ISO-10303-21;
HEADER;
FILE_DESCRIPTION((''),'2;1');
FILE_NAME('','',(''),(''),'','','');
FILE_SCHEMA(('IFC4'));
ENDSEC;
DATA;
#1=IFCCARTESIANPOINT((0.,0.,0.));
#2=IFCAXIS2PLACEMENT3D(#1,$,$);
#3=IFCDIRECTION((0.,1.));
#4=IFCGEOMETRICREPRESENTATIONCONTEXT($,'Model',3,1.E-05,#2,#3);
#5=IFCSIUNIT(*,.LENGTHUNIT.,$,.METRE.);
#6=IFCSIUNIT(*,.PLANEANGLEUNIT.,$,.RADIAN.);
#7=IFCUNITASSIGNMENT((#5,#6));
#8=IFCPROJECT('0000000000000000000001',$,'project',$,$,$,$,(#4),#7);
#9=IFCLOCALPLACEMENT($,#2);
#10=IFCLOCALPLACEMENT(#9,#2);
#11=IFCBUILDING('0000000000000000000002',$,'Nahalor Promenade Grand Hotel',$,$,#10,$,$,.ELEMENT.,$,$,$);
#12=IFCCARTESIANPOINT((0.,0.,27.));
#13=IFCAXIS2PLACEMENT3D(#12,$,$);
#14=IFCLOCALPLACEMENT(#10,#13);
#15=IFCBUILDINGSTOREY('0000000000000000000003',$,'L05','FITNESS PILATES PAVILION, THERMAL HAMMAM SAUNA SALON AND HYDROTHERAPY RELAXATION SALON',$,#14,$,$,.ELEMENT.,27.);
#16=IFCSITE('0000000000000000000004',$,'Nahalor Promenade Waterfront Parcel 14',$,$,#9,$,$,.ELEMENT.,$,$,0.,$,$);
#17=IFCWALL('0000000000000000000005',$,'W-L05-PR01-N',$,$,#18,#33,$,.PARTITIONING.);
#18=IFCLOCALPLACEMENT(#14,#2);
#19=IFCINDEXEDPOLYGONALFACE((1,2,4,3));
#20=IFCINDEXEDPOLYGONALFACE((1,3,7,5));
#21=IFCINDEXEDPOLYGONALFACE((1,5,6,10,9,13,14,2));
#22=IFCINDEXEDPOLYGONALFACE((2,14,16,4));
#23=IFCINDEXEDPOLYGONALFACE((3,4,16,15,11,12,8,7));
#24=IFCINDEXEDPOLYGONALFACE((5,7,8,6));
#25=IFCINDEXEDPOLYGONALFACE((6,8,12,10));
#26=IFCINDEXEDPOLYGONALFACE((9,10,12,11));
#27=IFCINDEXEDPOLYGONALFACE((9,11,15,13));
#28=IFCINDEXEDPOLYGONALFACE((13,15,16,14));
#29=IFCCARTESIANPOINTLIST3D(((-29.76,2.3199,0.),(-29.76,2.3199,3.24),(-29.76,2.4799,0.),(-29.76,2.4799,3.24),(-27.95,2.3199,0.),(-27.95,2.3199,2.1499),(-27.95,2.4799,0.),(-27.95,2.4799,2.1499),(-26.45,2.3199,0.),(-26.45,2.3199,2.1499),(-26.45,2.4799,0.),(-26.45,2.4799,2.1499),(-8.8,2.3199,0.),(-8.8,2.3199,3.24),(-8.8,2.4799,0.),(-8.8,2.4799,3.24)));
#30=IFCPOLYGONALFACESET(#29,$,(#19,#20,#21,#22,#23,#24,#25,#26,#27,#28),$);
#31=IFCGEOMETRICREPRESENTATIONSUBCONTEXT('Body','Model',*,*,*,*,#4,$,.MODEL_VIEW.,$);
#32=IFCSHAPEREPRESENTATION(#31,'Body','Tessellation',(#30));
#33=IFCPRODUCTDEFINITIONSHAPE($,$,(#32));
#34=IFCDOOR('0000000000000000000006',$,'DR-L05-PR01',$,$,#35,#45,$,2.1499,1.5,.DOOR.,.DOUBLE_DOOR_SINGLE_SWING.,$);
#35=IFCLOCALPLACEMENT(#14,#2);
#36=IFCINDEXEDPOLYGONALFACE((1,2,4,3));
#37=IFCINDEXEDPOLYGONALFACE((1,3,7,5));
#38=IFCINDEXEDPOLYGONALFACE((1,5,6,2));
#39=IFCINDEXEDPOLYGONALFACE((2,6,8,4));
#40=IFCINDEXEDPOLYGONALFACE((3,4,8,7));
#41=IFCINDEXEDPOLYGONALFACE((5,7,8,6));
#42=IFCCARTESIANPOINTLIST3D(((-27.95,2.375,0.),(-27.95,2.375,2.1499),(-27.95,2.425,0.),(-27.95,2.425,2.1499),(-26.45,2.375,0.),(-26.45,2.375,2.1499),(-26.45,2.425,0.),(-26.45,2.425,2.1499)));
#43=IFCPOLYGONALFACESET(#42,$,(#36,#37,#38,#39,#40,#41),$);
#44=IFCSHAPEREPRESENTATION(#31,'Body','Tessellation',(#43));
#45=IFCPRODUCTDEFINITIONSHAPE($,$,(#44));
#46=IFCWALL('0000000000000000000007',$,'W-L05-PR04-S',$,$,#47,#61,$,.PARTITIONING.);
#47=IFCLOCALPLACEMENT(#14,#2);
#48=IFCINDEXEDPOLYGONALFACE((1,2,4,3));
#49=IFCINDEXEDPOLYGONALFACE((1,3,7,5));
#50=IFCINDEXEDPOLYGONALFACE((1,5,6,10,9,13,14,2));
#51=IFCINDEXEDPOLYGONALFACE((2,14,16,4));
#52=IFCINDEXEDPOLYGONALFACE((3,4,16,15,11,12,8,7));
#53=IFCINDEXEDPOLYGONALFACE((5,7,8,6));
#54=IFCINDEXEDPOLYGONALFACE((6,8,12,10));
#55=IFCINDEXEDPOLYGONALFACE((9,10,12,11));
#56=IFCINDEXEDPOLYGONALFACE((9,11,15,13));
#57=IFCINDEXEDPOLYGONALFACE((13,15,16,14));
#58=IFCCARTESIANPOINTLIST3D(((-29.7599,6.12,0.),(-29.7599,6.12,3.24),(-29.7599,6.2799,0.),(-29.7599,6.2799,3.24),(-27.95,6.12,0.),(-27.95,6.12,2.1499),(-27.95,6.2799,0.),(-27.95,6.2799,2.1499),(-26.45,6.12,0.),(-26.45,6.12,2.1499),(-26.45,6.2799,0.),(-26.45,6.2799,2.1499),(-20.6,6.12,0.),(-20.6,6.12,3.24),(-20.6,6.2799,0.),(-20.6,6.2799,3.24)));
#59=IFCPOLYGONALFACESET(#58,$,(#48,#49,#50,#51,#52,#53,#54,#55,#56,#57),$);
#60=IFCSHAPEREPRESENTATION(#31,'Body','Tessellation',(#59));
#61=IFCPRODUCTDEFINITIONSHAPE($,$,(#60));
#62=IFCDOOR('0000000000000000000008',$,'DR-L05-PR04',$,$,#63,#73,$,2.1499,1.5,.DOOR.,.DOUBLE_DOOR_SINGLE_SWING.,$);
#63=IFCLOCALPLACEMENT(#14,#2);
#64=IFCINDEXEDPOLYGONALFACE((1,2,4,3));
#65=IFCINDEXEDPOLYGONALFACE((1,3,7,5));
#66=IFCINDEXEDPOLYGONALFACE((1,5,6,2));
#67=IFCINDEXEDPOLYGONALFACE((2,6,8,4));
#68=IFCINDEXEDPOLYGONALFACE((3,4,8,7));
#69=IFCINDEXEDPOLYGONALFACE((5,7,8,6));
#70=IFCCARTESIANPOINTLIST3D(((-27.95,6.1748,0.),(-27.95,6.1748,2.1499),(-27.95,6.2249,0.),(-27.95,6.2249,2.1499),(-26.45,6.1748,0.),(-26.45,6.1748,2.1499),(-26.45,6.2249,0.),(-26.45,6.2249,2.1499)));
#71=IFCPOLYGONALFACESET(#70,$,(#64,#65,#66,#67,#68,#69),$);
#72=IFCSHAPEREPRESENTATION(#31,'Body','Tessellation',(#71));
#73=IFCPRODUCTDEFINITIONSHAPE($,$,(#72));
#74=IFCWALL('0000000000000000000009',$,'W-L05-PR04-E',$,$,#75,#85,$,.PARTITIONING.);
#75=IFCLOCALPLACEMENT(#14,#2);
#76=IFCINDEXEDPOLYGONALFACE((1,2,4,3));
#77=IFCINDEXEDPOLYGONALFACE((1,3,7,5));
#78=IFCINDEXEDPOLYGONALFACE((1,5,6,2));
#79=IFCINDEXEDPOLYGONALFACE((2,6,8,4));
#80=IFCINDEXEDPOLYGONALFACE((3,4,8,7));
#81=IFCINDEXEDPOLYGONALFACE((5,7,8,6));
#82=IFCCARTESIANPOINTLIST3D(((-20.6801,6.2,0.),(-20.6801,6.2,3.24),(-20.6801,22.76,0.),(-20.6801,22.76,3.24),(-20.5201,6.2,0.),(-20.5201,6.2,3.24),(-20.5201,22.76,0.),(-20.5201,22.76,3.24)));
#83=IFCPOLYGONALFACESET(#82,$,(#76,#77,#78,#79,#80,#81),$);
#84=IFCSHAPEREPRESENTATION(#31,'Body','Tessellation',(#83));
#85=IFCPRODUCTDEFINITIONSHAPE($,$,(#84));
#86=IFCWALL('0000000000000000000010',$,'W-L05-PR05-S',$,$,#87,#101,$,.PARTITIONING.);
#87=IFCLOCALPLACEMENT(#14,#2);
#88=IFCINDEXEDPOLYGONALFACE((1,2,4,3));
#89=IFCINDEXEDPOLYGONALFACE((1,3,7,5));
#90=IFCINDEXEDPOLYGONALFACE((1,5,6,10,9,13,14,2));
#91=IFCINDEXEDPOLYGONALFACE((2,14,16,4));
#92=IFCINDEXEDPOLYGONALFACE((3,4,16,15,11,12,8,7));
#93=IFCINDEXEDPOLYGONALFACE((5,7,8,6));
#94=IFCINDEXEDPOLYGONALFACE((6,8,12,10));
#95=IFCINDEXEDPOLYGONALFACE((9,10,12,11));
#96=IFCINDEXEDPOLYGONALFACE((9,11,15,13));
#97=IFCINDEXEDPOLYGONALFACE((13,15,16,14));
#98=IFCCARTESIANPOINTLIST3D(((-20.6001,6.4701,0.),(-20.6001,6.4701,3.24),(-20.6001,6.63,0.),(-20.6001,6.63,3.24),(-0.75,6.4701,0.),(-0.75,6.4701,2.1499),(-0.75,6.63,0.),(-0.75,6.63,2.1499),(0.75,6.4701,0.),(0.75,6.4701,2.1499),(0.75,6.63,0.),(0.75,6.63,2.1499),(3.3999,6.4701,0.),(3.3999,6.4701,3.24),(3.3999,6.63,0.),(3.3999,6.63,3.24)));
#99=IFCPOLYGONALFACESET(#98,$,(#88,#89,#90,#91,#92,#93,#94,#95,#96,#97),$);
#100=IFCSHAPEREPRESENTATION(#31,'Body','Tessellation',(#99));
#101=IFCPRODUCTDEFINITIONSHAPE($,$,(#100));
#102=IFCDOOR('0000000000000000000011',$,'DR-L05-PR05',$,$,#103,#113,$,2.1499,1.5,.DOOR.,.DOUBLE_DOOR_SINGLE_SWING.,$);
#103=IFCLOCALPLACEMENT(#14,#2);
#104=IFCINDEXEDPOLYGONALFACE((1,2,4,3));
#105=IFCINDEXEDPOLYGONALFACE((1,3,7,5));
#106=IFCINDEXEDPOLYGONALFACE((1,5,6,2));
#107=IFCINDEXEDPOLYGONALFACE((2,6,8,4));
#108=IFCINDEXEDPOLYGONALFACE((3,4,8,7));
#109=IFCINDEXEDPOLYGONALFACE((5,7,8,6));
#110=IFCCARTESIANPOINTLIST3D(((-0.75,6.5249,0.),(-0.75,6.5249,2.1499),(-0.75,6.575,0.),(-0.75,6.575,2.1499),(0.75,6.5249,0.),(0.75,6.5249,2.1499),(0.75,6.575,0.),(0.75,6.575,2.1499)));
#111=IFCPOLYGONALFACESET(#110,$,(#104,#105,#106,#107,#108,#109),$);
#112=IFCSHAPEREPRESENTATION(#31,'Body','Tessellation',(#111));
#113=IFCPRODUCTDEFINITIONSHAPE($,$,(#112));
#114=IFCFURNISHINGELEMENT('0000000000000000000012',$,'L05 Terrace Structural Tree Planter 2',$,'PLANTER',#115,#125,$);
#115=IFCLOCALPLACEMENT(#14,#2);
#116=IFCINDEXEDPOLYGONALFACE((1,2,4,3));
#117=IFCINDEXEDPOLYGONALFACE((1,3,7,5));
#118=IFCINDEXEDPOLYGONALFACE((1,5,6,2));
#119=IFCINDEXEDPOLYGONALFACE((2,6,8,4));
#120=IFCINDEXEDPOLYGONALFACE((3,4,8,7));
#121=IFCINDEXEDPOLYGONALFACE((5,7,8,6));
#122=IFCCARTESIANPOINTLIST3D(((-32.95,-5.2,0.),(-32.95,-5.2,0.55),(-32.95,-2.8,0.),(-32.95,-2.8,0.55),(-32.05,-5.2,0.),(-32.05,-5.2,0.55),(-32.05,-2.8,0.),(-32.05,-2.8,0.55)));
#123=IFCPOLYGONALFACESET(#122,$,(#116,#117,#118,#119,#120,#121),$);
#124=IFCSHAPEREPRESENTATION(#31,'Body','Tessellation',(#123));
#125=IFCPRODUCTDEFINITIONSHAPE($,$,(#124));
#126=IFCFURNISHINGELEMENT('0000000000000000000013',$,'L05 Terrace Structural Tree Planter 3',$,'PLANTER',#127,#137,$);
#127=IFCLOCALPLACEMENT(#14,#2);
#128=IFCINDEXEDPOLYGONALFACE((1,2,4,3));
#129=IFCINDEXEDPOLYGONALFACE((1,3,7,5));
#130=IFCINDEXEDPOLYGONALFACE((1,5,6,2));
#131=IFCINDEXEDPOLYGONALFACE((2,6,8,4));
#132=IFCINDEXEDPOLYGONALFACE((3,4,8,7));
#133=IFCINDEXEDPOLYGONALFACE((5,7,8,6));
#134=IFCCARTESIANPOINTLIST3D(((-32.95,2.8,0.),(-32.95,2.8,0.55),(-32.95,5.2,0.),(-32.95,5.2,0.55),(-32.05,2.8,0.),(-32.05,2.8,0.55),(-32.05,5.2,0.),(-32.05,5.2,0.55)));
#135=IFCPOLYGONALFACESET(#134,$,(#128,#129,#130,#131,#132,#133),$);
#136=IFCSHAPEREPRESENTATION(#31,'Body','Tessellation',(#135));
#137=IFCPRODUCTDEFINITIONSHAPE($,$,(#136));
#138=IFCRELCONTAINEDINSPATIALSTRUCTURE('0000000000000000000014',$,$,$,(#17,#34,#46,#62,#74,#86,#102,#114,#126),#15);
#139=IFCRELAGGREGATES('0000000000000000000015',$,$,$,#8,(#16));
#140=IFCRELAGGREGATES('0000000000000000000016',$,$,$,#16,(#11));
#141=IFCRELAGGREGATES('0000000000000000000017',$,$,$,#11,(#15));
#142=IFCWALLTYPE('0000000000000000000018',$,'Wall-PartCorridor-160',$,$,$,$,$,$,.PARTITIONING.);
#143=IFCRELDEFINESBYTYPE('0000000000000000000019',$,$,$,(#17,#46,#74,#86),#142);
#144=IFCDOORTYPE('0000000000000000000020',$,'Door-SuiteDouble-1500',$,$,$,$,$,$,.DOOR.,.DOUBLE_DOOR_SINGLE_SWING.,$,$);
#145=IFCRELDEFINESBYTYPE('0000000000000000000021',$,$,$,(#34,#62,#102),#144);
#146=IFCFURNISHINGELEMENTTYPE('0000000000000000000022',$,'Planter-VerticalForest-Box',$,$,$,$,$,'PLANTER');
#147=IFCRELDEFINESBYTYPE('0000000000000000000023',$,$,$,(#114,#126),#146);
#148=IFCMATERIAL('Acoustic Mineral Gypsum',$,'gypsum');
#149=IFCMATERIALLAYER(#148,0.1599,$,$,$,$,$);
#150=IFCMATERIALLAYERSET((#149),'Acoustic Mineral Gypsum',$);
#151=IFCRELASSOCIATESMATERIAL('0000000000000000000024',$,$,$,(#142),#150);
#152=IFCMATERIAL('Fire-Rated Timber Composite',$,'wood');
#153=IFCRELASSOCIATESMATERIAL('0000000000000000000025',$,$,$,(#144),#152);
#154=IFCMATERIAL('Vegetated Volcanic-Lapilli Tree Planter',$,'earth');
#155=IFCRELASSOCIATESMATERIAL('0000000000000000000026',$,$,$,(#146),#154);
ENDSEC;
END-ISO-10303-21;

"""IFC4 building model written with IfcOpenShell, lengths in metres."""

from ifc_helpers import new_model, si_unit, direction, frame, frame_2d, origin, origin_2d, place, context, subcontext, project, spatial, rectangle, extrude, source, transform, mapped, material, layer, layer_set, type_object, element, fill, save


model = new_model("IFC4")

# Units and contexts
model_context = context("Model", 3, precision=1e-05, world=origin(), true_north=direction((0.0, 1.0)))
body_context = subcontext(model_context, "Body", "Model", "MODEL_VIEW")
ifc_project = project(units=[si_unit("LENGTHUNIT", "METRE"), si_unit("PLANEANGLEUNIT", "RADIAN")], contexts=[model_context])

# Site, building, storey
site_placement = place(None, origin())
site = spatial("IfcSite", under=ifc_project, at=site_placement, Name="Nahalor Promenade Waterfront Parcel 14", CompositionType="ELEMENT", RefElevation=0.0)
building_placement = place(site_placement, origin())
building = spatial("IfcBuilding", under=site, at=building_placement, Name="Nahalor Promenade Grand Hotel", CompositionType="ELEMENT")
storey_placement = place(building_placement, frame((0.0, 0.0, 27.0)))
storey = spatial("IfcBuildingStorey", under=building, at=storey_placement, Name="L05", Description="FITNESS PILATES PAVILION, THERMAL HAMMAM SAUNA SALON AND HYDROTHERAPY RELAXATION SALON", CompositionType="ELEMENT", Elevation=27.0)

# Shared definitions
ifc_material_1 = material(Name="Acoustic Mineral Gypsum", Category="gypsum")
ifc_layer_1 = layer(ifc_material_1, 0.1599)
ifc_layer_set_1 = layer_set([ifc_layer_1], Name="Acoustic Mineral Gypsum")
wall_type = type_object("IfcWallType", Name="Wall-PartCorridor-160", PredefinedType="PARTITIONING", material=ifc_layer_set_1)
shared_shape_1 = source(origin(), body_context, "Body", "SweptSolid", [
    extrude(rectangle(XDim=20.96, YDim=0.1599, at=frame_2d((10.48, 0.0))), origin(), (0.0, 0.0, 1.0), 3.24),
])

# Walls, openings, doors
wall_1_placement = place(storey_placement, frame((-29.76, 2.3999, 0.0), z_axis=(0.0, 0.0, 1.0), x_axis=(1.0, 0.0, 0.0)))
wall_1 = element("IfcWall", 1, at=wall_1_placement, inside=storey, type_object=wall_type, Name="W-L05-PR01-N", PredefinedType="PARTITIONING", context=body_context, shape_type="MappedRepresentation", body=[
    mapped(shared_shape_1, transform((0.0, 0.0, 0.0), scale=1.0)),
])
opening_1_placement = place(wall_1_placement, frame((1.8101, 0.0, 0.0)))
opening_1 = element("IfcOpeningElement", 2, at=opening_1_placement, cuts=wall_1, PredefinedType="OPENING", context=body_context, shape_type="SweptSolid", body=[
    extrude(rectangle(XDim=1.5, YDim=2.1499, at=frame_2d((0.75, 1.075))), frame((0.0, 0.0898, 0.0), z_axis=(0.0, -1.0, 0.0), x_axis=(1.0, 0.0, 0.0)), (0.0, 0.0, 1.0), 0.1799),
])
ifc_material_2 = material(Name="Fire-Rated Timber Composite", Category="wood")
door_type = type_object("IfcDoorType", Name="Door-SuiteDouble-1500", OperationType="DOUBLE_DOOR_SINGLE_SWING", PredefinedType="DOOR", material=ifc_material_2)
shared_shape_2 = source(origin(), body_context, "Body", "SweptSolid", [
    extrude(rectangle(XDim=1.5, YDim=2.1499, at=frame_2d((0.75, 1.075))), frame((0.0, 0.0249, 0.0), z_axis=(0.0, -1.0, 0.0), x_axis=(1.0, 0.0, 0.0)), (0.0, 0.0, 1.0), 0.05),
])
door_1_placement = place(opening_1_placement, frame((1.5, 0.0, 0.0), z_axis=(0.0, 0.0, 1.0), x_axis=(-1.0, 0.0, 0.0)))
door_1 = element("IfcDoor", 3, at=door_1_placement, inside=storey, type_object=door_type, Name="DR-L05-PR01", OperationType="DOUBLE_DOOR_SINGLE_SWING", OverallHeight=2.1499, OverallWidth=1.5, PredefinedType="DOOR", context=body_context, shape_type="MappedRepresentation", body=[
    mapped(shared_shape_2, transform((0.0, 0.0, 0.0), scale=1.0)),
])
fill(opening_1, door_1)
shared_shape_3 = source(origin(), body_context, "Body", "SweptSolid", [
    extrude(rectangle(XDim=9.1599, YDim=0.1599, at=frame_2d((4.5801, 0.0))), origin(), (0.0, 0.0, 1.0), 3.24),
])
wall_2_placement = place(storey_placement, frame((-29.76, 6.2, 0.0), z_axis=(0.0, 0.0, 1.0), x_axis=(1.0, 0.0, 0.0)))
wall_2 = element("IfcWall", 4, at=wall_2_placement, inside=storey, type_object=wall_type, Name="W-L05-PR04-S", PredefinedType="PARTITIONING", context=body_context, shape_type="MappedRepresentation", body=[
    mapped(shared_shape_3, transform((0.0, 0.0, 0.0), scale=1.0)),
])
opening_2_placement = place(wall_2_placement, frame((1.8101, 0.0, 0.0)))
opening_2 = element("IfcOpeningElement", 5, at=opening_2_placement, cuts=wall_2, PredefinedType="OPENING", context=body_context, shape_type="SweptSolid", body=[
    extrude(rectangle(XDim=1.5, YDim=2.1499, at=frame_2d((0.75, 1.075))), frame((0.0, 0.0898, 0.0), z_axis=(0.0, -1.0, 0.0), x_axis=(1.0, 0.0, 0.0)), (0.0, 0.0, 1.0), 0.1799),
])
door_2_placement = place(opening_2_placement, origin())
door_2 = element("IfcDoor", 6, at=door_2_placement, inside=storey, type_object=door_type, Name="DR-L05-PR04", OperationType="DOUBLE_DOOR_SINGLE_SWING", OverallHeight=2.1499, OverallWidth=1.5, PredefinedType="DOOR", context=body_context, shape_type="MappedRepresentation", body=[
    mapped(shared_shape_2, transform((0.0, 0.0, 0.0), scale=1.0)),
])
fill(opening_2, door_2)

# Wall
shared_shape_4 = source(origin(), body_context, "Body", "SweptSolid", [
    extrude(rectangle(XDim=16.5601, YDim=0.1599, at=frame_2d((8.28, 0.0))), origin(), (0.0, 0.0, 1.0), 3.24),
])
wall_3_placement = place(storey_placement, frame((-20.6001, 6.2, 0.0), z_axis=(0.0, 0.0, 1.0), x_axis=(0.0, 1.0, 0.0)))
element("IfcWall", 7, at=wall_3_placement, inside=storey, type_object=wall_type, Name="W-L05-PR04-E", PredefinedType="PARTITIONING", context=body_context, shape_type="MappedRepresentation", body=[
    mapped(shared_shape_4, transform((0.0, 0.0, 0.0), scale=1.0)),
])

# Wall, opening, door
shared_shape_5 = source(origin(), body_context, "Body", "SweptSolid", [
    extrude(rectangle(XDim=24.0, YDim=0.1599, at=frame_2d((12.0, 0.0))), origin(), (0.0, 0.0, 1.0), 3.24),
])
wall_4_placement = place(storey_placement, frame((-20.6001, 6.55, 0.0), z_axis=(0.0, 0.0, 1.0), x_axis=(1.0, 0.0, 0.0)))
wall_4 = element("IfcWall", 8, at=wall_4_placement, inside=storey, type_object=wall_type, Name="W-L05-PR05-S", PredefinedType="PARTITIONING", context=body_context, shape_type="MappedRepresentation", body=[
    mapped(shared_shape_5, transform((0.0, 0.0, 0.0), scale=1.0)),
])
opening_3_placement = place(wall_4_placement, frame((19.8501, 0.0, 0.0)))
opening_3 = element("IfcOpeningElement", 9, at=opening_3_placement, cuts=wall_4, PredefinedType="OPENING", context=body_context, shape_type="SweptSolid", body=[
    extrude(rectangle(XDim=1.5, YDim=2.1499, at=frame_2d((0.75, 1.075))), frame((0.0, 0.0898, 0.0), z_axis=(0.0, -1.0, 0.0), x_axis=(1.0, 0.0, 0.0)), (0.0, 0.0, 1.0), 0.1799),
])
door_3_placement = place(opening_3_placement, origin())
door_3 = element("IfcDoor", 10, at=door_3_placement, inside=storey, type_object=door_type, Name="DR-L05-PR05", OperationType="DOUBLE_DOOR_SINGLE_SWING", OverallHeight=2.1499, OverallWidth=1.5, PredefinedType="DOOR", context=body_context, shape_type="MappedRepresentation", body=[
    mapped(shared_shape_2, transform((0.0, 0.0, 0.0), scale=1.0)),
])
fill(opening_3, door_3)

# Furnishing elements
ifc_material_3 = material(Name="Vegetated Volcanic-Lapilli Tree Planter", Category="earth")
furnishing_element_type = type_object("IfcFurnishingElementType", Name="Planter-VerticalForest-Box", ElementType="PLANTER", material=ifc_material_3)
shared_shape_6 = source(origin(), body_context, "Body", "SweptSolid", [
    extrude(rectangle(XDim=0.8999, YDim=2.3999, at=origin_2d()), origin(), (0.0, 0.0, 1.0), 0.55),
])
for number, where, z_axis, x_axis, name in (
    (11, (-32.5, -4.0, 0.0), (0.0, 0.0, 1.0), (1.0, 0.0, 0.0), "L05 Terrace Structural Tree Planter 2"),
    (12, (-32.5, 4.0, 0.0), (0.0, 0.0, 1.0), (1.0, 0.0, 0.0), "L05 Terrace Structural Tree Planter 3"),
):
    element("IfcFurnishingElement", number, at=place(storey_placement, frame(where, z_axis=z_axis, x_axis=x_axis)), inside=storey, type_object=furnishing_element_type, Name=name, ObjectType="PLANTER", context=body_context, shape_type="MappedRepresentation", body=[
        mapped(shared_shape_6, transform((0.0, 0.0, 0.0), scale=1.0)),
    ])

save(model, "model.ifc")
